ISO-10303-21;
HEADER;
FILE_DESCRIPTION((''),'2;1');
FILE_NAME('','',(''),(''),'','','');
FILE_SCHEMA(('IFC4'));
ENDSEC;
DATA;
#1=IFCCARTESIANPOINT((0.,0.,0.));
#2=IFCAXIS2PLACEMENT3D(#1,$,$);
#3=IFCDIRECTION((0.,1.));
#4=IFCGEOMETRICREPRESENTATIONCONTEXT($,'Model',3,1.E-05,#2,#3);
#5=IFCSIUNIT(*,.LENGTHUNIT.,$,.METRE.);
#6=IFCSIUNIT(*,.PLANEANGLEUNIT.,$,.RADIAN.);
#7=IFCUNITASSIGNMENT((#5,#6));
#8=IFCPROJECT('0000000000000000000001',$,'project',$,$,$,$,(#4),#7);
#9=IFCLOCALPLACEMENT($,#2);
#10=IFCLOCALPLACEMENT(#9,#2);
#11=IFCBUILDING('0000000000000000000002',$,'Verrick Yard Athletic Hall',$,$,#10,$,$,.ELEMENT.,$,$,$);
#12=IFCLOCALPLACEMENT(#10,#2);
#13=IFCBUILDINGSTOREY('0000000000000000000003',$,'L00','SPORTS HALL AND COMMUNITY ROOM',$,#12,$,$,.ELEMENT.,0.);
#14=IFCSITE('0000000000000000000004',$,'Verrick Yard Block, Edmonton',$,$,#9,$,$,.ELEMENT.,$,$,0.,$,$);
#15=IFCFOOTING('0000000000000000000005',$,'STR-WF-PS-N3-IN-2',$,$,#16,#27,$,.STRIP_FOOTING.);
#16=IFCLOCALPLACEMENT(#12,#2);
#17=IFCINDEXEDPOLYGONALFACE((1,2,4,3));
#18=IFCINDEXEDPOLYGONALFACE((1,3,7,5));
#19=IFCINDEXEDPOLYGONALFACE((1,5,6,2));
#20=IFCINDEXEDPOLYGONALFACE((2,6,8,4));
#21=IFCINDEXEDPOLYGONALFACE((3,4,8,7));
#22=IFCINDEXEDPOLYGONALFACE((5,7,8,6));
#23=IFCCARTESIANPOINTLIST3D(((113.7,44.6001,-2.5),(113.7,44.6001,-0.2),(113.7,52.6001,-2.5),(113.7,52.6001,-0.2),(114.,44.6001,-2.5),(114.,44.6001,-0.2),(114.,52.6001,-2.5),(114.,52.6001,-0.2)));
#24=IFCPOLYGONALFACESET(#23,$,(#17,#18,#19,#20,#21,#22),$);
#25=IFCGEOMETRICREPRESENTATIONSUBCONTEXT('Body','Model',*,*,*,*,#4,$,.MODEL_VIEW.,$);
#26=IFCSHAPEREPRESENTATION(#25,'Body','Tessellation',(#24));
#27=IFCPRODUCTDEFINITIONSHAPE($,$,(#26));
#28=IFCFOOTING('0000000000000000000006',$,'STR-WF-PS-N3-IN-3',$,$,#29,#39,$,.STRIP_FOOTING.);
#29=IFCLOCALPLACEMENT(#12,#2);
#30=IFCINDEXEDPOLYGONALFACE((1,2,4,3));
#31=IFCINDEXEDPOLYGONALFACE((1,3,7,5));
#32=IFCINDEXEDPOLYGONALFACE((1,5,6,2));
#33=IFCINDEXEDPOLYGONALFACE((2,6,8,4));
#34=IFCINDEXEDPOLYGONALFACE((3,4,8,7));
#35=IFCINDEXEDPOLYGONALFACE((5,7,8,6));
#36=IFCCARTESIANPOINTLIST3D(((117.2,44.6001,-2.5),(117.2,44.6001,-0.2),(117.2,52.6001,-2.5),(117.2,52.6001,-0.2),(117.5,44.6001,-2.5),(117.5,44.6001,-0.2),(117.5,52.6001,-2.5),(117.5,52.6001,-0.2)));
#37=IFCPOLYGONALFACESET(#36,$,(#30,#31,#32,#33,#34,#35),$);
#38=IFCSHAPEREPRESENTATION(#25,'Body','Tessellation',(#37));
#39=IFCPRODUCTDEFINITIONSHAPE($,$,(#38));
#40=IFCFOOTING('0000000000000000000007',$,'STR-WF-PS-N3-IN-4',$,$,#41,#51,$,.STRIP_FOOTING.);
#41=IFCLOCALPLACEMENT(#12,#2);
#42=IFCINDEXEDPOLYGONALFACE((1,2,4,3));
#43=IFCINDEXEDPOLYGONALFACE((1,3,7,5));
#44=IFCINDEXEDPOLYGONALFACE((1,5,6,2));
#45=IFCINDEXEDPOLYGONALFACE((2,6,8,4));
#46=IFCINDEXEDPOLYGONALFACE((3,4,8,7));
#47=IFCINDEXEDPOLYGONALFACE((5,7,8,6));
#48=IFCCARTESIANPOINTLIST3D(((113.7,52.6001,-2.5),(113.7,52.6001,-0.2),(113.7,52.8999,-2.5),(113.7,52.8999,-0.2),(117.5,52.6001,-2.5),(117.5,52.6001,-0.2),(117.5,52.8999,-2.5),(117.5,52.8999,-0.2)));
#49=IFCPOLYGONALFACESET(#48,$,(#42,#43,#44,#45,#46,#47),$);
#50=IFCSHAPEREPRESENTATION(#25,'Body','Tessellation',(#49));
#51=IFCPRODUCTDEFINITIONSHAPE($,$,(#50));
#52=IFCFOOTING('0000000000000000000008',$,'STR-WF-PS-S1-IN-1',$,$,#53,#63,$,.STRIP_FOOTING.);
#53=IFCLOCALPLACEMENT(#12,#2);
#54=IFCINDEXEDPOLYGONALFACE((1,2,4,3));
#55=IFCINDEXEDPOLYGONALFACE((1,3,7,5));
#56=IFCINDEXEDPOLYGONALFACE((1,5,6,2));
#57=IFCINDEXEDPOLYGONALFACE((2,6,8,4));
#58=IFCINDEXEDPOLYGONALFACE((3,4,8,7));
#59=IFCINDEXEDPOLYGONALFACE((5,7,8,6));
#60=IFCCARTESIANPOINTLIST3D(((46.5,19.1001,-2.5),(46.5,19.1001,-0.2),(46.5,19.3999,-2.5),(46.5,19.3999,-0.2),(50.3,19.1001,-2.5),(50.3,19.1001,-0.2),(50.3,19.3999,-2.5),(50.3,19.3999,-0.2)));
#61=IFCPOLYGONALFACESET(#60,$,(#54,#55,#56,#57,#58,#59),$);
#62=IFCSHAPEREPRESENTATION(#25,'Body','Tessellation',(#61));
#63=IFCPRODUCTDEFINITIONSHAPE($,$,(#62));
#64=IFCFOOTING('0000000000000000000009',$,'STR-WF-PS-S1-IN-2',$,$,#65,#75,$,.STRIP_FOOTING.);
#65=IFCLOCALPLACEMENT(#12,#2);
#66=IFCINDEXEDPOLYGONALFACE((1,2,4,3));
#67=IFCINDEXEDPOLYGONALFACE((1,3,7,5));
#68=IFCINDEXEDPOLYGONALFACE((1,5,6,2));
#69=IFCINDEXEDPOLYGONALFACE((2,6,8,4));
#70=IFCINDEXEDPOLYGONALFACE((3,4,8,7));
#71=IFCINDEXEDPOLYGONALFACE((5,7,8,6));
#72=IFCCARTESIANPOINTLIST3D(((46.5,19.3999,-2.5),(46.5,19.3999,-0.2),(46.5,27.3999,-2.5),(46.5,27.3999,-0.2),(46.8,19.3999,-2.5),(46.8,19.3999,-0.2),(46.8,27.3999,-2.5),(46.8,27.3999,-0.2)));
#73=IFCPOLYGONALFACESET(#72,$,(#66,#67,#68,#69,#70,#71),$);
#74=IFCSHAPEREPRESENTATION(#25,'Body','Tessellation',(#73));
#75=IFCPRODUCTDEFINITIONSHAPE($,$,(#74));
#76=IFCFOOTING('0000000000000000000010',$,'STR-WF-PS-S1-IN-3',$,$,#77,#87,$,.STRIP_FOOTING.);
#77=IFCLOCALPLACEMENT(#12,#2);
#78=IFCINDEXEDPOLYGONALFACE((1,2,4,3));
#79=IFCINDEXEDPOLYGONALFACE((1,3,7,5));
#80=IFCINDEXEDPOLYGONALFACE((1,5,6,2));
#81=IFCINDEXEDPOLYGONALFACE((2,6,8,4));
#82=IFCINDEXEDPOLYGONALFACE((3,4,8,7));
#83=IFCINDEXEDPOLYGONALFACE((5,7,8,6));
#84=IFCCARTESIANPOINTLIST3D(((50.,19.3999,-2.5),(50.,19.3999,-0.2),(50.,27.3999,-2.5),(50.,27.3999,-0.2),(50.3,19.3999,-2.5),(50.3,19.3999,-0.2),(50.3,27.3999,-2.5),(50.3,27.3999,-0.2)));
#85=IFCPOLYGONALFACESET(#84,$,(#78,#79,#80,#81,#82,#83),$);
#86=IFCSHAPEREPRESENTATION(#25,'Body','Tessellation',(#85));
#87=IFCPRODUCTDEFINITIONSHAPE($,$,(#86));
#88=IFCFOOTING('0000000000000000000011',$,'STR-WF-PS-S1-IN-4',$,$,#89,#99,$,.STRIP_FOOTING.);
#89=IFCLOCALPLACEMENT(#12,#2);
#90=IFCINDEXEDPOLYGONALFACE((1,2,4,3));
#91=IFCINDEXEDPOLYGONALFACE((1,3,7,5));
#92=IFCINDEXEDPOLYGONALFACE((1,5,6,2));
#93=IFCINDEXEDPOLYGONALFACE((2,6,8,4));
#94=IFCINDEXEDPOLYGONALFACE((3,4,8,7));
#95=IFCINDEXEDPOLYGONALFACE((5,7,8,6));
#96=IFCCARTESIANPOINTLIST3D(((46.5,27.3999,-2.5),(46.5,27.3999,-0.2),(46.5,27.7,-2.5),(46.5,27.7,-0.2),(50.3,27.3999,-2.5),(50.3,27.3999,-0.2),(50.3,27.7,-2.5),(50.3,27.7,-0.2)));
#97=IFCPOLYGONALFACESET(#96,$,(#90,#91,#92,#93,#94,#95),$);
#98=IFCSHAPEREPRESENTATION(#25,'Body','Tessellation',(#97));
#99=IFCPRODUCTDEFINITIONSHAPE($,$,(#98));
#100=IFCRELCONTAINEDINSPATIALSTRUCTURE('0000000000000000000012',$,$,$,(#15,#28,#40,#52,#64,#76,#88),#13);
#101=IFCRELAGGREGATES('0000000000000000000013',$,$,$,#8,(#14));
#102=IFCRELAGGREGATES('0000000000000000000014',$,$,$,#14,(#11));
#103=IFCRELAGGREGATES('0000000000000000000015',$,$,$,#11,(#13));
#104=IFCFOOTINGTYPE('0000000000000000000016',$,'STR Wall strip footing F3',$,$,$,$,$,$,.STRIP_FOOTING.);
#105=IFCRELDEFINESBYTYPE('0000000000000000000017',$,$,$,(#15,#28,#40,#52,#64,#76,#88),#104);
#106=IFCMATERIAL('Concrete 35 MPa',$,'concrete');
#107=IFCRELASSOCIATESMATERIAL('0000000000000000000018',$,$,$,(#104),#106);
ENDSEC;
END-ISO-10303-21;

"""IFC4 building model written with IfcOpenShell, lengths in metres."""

from ifc_helpers import new_model, si_unit, direction, frame, origin, origin_2d, place, context, subcontext, project, spatial, polyline, rectangle, outline, extrude, material, material_profile, profile_set, type_object, element, save


model = new_model("IFC4")

# Units and contexts
model_context = context("Model", 3, precision=1e-05, world=origin(), true_north=direction((0.0, 1.0)))
body_context = subcontext(model_context, "Body", "Model", "MODEL_VIEW")
ifc_project = project(units=[si_unit("LENGTHUNIT", "METRE"), si_unit("PLANEANGLEUNIT", "RADIAN")], contexts=[model_context])

# Site, building, storey
site_placement = place(None, origin())
site = spatial("IfcSite", under=ifc_project, at=site_placement, Name="Verrick Yard Block, Edmonton", CompositionType="ELEMENT", RefElevation=0.0)
building_placement = place(site_placement, origin())
building = spatial("IfcBuilding", under=site, at=building_placement, Name="Verrick Yard Athletic Hall", CompositionType="ELEMENT")
storey_placement = place(building_placement, origin())
storey = spatial("IfcBuildingStorey", under=building, at=storey_placement, Name="L00", Description="SPORTS HALL AND COMMUNITY ROOM", CompositionType="ELEMENT", Elevation=0.0)

# Footings
ifc_material = material(Name="Concrete 35 MPa", Category="concrete")
ifc_material_profile_1 = material_profile(ifc_material, rectangle(XDim=0.3, YDim=2.3, at=origin_2d()), Name="STR Wall strip footing F3")
ifc_profile_set_1 = profile_set([ifc_material_profile_1], Name="Concrete 35 MPa")
footing_type_1 = type_object("IfcFootingType", Name="STR Wall strip footing F3", PredefinedType="STRIP_FOOTING", material=ifc_profile_set_1)
footing_1_placement = place(storey_placement, frame((0.0, 0.0, -2.5)))
element("IfcFooting", 1, at=footing_1_placement, inside=storey, type_object=footing_type_1, Name="STR-WF-PS-N3-IN-2", PredefinedType="STRIP_FOOTING", context=body_context, shape_type="SweptSolid", body=[
    extrude(outline(polyline([(113.7, 44.6001), (114.0, 44.6001), (114.0, 52.6001), (113.7, 52.6001), (113.7, 44.6001)])), origin(), (0.0, 0.0, 1.0), 2.3),
])
footing_2_placement = place(storey_placement, frame((0.0, 0.0, -2.5)))
element("IfcFooting", 2, at=footing_2_placement, inside=storey, type_object=footing_type_1, Name="STR-WF-PS-N3-IN-3", PredefinedType="STRIP_FOOTING", context=body_context, shape_type="SweptSolid", body=[
    extrude(outline(polyline([(117.2, 44.6001), (117.5, 44.6001), (117.5, 52.6001), (117.2, 52.6001), (117.2, 44.6001)])), origin(), (0.0, 0.0, 1.0), 2.3),
])
footing_3_placement = place(storey_placement, frame((0.0, 0.0, -2.5)))
element("IfcFooting", 3, at=footing_3_placement, inside=storey, type_object=footing_type_1, Name="STR-WF-PS-N3-IN-4", PredefinedType="STRIP_FOOTING", context=body_context, shape_type="SweptSolid", body=[
    extrude(outline(polyline([(113.7, 52.6001), (117.5, 52.6001), (117.5, 52.8999), (113.7, 52.8999), (113.7, 52.6001)])), origin(), (0.0, 0.0, 1.0), 2.3),
])
footing_4_placement = place(storey_placement, frame((0.0, 0.0, -2.5)))
element("IfcFooting", 4, at=footing_4_placement, inside=storey, type_object=footing_type_1, Name="STR-WF-PS-S1-IN-1", PredefinedType="STRIP_FOOTING", context=body_context, shape_type="SweptSolid", body=[
    extrude(outline(polyline([(46.5, 19.1001), (50.3, 19.1001), (50.3, 19.3999), (46.5, 19.3999), (46.5, 19.1001)])), origin(), (0.0, 0.0, 1.0), 2.3),
])
footing_5_placement = place(storey_placement, frame((0.0, 0.0, -2.5)))
element("IfcFooting", 5, at=footing_5_placement, inside=storey, type_object=footing_type_1, Name="STR-WF-PS-S1-IN-2", PredefinedType="STRIP_FOOTING", context=body_context, shape_type="SweptSolid", body=[
    extrude(outline(polyline([(46.5, 19.3999), (46.8, 19.3999), (46.8, 27.3999), (46.5, 27.3999), (46.5, 19.3999)])), origin(), (0.0, 0.0, 1.0), 2.3),
])
footing_6_placement = place(storey_placement, frame((0.0, 0.0, -2.5)))
element("IfcFooting", 6, at=footing_6_placement, inside=storey, type_object=footing_type_1, Name="STR-WF-PS-S1-IN-3", PredefinedType="STRIP_FOOTING", context=body_context, shape_type="SweptSolid", body=[
    extrude(outline(polyline([(50.0, 19.3999), (50.3, 19.3999), (50.3, 27.3999), (50.0, 27.3999), (50.0, 19.3999)])), origin(), (0.0, 0.0, 1.0), 2.3),
])
footing_7_placement = place(storey_placement, frame((0.0, 0.0, -2.5)))
element("IfcFooting", 7, at=footing_7_placement, inside=storey, type_object=footing_type_1, Name="STR-WF-PS-S1-IN-4", PredefinedType="STRIP_FOOTING", context=body_context, shape_type="SweptSolid", body=[
    extrude(outline(polyline([(46.5, 27.3999), (50.3, 27.3999), (50.3, 27.7), (46.5, 27.7), (46.5, 27.3999)])), origin(), (0.0, 0.0, 1.0), 2.3),
])

save(model, "model.ifc")
